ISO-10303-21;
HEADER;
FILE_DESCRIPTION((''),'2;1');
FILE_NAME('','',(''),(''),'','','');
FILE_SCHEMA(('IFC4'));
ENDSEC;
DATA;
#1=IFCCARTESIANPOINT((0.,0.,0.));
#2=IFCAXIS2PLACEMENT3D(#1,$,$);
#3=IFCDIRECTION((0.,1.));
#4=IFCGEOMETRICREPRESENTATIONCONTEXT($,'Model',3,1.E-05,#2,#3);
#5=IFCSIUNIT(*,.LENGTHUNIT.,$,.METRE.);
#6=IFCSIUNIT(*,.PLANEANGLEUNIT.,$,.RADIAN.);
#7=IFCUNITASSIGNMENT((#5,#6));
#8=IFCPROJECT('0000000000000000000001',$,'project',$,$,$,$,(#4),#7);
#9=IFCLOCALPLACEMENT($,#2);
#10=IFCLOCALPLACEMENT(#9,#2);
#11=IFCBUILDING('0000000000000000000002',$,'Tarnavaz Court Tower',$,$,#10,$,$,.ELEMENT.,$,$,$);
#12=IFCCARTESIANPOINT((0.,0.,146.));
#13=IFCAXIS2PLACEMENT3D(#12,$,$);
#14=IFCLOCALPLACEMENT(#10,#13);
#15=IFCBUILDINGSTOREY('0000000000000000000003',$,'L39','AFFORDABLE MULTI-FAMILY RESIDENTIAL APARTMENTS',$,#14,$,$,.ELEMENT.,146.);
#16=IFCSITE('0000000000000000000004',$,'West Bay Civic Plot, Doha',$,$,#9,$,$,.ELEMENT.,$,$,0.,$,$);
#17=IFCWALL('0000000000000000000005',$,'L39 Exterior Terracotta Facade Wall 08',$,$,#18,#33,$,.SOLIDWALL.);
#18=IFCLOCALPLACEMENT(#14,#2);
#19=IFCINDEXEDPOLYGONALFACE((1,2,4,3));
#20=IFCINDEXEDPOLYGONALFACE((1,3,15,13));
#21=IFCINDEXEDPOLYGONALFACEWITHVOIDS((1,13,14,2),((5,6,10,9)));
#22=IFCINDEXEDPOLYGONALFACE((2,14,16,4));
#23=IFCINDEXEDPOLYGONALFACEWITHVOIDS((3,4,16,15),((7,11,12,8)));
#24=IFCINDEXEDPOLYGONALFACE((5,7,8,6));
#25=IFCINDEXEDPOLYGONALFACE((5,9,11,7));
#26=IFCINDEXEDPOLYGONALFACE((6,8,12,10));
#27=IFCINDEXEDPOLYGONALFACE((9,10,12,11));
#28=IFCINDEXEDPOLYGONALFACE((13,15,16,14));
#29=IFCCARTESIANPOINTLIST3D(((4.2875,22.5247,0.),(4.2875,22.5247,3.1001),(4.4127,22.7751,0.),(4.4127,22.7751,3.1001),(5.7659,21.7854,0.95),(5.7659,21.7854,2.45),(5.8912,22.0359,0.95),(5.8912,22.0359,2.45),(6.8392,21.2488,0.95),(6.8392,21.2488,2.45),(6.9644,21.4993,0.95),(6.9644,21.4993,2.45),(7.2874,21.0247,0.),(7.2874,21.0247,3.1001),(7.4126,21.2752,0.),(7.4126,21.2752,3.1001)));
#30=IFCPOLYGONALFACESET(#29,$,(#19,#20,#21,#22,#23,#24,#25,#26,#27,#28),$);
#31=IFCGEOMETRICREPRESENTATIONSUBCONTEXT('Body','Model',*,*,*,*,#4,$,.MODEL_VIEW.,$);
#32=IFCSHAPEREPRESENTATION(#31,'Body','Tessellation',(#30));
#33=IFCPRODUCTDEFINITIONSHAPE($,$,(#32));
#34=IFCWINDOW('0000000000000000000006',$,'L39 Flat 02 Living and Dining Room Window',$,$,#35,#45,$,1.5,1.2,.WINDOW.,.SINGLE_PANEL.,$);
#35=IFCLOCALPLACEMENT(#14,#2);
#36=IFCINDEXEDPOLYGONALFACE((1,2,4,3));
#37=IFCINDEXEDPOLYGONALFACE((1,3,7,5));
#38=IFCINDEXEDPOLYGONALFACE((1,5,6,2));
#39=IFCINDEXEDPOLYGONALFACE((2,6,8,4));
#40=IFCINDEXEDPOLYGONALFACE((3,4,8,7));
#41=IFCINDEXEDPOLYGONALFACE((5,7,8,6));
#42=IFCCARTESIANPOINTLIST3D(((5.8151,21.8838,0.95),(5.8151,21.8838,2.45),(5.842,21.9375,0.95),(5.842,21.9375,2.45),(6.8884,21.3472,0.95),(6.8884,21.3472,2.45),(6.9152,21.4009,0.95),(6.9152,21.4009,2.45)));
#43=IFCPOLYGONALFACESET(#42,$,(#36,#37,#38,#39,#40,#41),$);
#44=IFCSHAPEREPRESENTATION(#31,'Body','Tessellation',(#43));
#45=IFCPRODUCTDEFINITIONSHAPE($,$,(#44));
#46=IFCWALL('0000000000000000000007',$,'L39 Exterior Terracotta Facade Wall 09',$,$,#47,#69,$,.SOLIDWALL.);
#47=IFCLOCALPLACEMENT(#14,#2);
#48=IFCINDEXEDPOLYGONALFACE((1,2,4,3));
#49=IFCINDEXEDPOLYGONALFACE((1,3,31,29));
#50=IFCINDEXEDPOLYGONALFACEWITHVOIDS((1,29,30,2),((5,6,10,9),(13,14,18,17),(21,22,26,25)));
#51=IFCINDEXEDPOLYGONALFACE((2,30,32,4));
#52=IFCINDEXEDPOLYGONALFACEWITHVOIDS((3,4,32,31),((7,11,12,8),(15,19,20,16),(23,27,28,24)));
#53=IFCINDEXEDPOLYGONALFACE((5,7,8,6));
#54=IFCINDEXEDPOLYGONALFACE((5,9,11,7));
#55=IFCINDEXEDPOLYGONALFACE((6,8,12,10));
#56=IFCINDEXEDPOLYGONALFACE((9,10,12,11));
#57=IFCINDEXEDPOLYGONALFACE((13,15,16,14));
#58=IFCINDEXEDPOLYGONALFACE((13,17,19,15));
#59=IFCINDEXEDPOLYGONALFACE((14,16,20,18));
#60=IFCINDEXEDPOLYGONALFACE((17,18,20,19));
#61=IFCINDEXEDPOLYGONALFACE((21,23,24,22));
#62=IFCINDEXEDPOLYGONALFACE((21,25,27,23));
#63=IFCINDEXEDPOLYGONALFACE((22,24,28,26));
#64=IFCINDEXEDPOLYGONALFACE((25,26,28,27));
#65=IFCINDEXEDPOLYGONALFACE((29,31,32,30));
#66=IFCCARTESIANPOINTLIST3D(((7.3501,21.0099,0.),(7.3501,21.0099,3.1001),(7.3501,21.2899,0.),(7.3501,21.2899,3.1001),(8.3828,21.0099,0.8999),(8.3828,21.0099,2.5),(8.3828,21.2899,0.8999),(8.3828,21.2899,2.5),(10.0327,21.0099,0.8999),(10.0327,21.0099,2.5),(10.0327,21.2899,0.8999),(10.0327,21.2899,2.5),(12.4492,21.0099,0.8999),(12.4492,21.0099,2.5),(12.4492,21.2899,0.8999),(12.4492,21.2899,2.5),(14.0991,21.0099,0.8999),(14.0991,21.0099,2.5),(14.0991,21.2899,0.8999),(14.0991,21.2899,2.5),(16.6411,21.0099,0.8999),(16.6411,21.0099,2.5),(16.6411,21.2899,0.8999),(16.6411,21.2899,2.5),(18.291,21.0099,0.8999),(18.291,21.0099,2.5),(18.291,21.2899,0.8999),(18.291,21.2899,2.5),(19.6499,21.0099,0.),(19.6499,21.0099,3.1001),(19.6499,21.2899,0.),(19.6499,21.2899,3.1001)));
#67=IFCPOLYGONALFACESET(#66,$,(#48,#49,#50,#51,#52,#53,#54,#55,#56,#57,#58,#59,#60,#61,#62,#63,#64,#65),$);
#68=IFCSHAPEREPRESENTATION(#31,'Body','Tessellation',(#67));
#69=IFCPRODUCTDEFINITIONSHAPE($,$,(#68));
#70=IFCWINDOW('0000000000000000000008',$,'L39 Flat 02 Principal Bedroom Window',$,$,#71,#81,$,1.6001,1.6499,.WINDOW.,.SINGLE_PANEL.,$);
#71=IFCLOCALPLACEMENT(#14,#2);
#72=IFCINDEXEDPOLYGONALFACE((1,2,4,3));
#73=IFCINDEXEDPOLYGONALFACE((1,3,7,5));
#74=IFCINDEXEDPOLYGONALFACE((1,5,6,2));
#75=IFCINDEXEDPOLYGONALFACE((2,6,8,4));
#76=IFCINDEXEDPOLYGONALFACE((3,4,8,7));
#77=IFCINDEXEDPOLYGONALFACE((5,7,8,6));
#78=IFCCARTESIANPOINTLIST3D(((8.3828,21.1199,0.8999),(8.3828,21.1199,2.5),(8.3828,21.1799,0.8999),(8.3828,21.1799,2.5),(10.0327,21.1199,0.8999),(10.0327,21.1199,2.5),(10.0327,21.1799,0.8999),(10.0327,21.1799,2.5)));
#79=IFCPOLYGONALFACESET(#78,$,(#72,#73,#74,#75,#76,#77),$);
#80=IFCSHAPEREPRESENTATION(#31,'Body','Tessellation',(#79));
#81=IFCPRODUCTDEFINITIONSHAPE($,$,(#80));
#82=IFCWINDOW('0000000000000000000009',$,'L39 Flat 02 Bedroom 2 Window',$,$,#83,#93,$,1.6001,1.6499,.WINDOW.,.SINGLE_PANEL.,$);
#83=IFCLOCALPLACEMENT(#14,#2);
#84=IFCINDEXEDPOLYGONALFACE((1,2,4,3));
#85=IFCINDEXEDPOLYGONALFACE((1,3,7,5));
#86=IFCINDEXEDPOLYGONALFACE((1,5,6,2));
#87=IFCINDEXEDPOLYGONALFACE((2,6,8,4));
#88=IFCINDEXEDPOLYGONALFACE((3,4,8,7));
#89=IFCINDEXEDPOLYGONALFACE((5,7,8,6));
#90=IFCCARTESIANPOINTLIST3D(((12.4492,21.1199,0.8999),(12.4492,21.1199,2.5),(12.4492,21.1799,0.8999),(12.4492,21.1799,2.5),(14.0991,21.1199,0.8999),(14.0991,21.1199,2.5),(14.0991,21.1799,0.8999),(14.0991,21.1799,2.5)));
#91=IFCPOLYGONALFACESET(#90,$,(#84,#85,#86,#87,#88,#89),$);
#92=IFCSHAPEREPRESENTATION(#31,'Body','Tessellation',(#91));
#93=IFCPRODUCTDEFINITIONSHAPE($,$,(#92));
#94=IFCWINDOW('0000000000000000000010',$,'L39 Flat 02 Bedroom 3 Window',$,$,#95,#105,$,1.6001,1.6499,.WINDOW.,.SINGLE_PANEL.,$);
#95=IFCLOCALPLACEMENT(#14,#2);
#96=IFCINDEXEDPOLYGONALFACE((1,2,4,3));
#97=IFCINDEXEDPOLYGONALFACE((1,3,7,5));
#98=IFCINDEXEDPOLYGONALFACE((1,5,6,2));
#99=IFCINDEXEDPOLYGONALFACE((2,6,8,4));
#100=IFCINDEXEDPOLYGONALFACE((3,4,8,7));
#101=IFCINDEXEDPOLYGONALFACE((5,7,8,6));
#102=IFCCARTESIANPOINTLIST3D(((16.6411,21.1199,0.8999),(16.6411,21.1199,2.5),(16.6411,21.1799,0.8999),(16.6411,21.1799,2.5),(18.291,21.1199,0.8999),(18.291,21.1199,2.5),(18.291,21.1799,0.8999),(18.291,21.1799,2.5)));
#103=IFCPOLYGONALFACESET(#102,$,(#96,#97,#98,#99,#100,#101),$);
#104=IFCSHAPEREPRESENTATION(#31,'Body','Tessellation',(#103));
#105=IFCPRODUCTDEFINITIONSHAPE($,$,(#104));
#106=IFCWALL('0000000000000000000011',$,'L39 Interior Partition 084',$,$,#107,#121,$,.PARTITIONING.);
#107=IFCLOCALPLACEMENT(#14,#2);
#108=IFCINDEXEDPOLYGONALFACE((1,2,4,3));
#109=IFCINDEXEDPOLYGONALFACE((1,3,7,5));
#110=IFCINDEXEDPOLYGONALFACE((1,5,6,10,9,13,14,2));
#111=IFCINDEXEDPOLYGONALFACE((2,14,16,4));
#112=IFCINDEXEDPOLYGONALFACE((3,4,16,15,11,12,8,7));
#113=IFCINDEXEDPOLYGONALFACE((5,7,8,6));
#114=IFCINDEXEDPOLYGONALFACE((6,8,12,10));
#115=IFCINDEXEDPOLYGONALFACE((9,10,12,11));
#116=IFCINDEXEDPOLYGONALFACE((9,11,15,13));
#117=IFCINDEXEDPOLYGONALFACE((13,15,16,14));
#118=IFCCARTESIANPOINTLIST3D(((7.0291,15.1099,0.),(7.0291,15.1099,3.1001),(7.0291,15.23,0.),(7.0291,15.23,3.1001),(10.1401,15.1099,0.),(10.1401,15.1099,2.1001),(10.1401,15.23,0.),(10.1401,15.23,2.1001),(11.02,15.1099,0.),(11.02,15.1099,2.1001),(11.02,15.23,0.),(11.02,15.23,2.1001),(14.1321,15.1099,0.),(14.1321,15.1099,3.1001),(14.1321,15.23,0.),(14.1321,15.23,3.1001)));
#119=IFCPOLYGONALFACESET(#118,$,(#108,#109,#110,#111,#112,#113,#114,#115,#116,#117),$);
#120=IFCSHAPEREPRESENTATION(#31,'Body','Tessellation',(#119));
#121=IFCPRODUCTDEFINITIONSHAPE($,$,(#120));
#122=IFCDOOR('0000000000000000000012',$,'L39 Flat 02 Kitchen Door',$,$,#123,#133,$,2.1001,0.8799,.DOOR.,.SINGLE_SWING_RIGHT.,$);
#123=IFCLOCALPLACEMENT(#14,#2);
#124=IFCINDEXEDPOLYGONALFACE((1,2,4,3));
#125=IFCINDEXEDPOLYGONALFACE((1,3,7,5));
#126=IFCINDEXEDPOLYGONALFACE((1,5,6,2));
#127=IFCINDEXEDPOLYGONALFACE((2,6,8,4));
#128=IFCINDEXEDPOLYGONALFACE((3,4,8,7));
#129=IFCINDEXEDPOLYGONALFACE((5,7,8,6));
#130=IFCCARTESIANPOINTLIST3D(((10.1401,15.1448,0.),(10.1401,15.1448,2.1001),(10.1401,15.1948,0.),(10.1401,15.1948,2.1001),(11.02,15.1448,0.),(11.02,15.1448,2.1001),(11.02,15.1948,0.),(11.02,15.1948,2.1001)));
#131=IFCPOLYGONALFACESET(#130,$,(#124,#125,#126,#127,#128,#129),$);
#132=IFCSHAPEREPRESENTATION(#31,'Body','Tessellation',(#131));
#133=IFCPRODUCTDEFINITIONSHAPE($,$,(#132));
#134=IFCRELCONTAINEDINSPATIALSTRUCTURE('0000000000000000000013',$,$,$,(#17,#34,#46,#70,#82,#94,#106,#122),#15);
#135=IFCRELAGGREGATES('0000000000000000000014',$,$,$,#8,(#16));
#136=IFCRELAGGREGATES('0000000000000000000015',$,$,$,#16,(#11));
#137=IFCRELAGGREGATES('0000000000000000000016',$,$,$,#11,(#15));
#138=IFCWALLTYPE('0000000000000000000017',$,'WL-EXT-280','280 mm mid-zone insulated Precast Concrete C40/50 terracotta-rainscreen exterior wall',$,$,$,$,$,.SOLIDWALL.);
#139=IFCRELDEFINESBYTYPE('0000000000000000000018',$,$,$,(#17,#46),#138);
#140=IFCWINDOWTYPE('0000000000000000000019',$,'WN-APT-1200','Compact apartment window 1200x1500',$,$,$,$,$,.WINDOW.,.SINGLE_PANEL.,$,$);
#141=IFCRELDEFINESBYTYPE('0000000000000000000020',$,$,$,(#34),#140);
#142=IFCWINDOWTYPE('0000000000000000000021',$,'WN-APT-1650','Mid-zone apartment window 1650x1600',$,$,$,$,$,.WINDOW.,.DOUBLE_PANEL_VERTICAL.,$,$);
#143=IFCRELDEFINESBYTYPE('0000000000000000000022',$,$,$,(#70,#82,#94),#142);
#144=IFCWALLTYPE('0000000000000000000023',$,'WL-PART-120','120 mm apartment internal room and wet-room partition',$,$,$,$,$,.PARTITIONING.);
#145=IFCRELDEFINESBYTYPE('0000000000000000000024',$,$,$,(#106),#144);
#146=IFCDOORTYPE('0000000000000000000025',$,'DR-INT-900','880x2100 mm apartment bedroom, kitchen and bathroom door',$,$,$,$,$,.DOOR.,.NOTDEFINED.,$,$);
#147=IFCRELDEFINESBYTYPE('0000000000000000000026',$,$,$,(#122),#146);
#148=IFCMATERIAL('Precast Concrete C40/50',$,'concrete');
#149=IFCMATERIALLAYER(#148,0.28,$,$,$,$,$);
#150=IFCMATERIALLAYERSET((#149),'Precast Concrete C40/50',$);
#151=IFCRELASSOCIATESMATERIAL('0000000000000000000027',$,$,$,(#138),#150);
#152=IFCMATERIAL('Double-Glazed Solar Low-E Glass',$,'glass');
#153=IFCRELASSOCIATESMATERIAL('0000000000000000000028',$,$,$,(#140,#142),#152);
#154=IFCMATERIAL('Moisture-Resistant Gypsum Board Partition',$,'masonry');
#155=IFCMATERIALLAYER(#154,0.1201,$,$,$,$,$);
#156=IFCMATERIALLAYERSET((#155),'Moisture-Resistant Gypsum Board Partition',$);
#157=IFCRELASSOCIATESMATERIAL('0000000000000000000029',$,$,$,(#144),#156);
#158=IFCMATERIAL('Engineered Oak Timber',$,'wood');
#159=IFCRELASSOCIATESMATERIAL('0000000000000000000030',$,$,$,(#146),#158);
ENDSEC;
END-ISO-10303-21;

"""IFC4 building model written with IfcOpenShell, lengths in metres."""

from ifc_helpers import new_model, si_unit, direction, frame, frame_2d, origin, place, context, subcontext, project, spatial, rectangle, extrude, material, layer, layer_set, type_object, element, fill, save


model = new_model("IFC4")

# Units and contexts
model_context = context("Model", 3, precision=1e-05, world=origin(), true_north=direction((0.0, 1.0)))
body_context = subcontext(model_context, "Body", "Model", "MODEL_VIEW")
ifc_project = project(units=[si_unit("LENGTHUNIT", "METRE"), si_unit("PLANEANGLEUNIT", "RADIAN")], contexts=[model_context])

# Site, building, storey
site_placement = place(None, origin())
site = spatial("IfcSite", under=ifc_project, at=site_placement, Name="West Bay Civic Plot, Doha", CompositionType="ELEMENT", RefElevation=0.0)
building_placement = place(site_placement, origin())
building = spatial("IfcBuilding", under=site, at=building_placement, Name="Tarnavaz Court Tower", CompositionType="ELEMENT")
storey_placement = place(building_placement, frame((0.0, 0.0, 146.0)))
storey = spatial("IfcBuildingStorey", under=building, at=storey_placement, Name="L39", Description="AFFORDABLE MULTI-FAMILY RESIDENTIAL APARTMENTS", CompositionType="ELEMENT", Elevation=146.0)

# Shared definitions
ifc_material_1 = material(Name="Double-Glazed Solar Low-E Glass", Category="glass")

# Wall, opening, window
ifc_material_2 = material(Name="Precast Concrete C40/50", Category="concrete")
ifc_layer_1 = layer(ifc_material_2, 0.28)
ifc_layer_set_1 = layer_set([ifc_layer_1], Name="Precast Concrete C40/50")
wall_type_1 = type_object("IfcWallType", Name="WL-EXT-280", Description="280 mm mid-zone insulated Precast Concrete C40/50 terracotta-rainscreen exterior wall", PredefinedType="SOLIDWALL", material=ifc_layer_set_1)
wall_1_placement = place(storey_placement, frame((4.3501, 22.6499, 0.0), z_axis=(0.0, 0.0, 1.0), x_axis=(0.894427, -0.447214, 0.0)))
wall_1 = element("IfcWall", 1, at=wall_1_placement, inside=storey, type_object=wall_type_1, Name="L39 Exterior Terracotta Facade Wall 08", PredefinedType="SOLIDWALL", context=body_context, shape_type="SweptSolid", body=[
    extrude(rectangle(XDim=3.354, YDim=0.28, at=frame_2d((1.677, 0.0))), origin(), (0.0, 0.0, 1.0), 3.1001),
])
opening_1_placement = place(wall_1_placement, frame((1.6528, 0.0, 0.95)))
opening_1 = element("IfcOpeningElement", 2, at=opening_1_placement, cuts=wall_1, PredefinedType="OPENING", context=body_context, shape_type="SweptSolid", body=[
    extrude(rectangle(XDim=1.2, YDim=1.5, at=frame_2d((0.6001, 0.75))), frame((0.0, 0.1499, 0.0), z_axis=(0.0, -1.0, 0.0), x_axis=(1.0, 0.0, 0.0)), (0.0, 0.0, 1.0), 0.3),
])
window_type_1 = type_object("IfcWindowType", Name="WN-APT-1200", Description="Compact apartment window 1200x1500", PartitioningType="SINGLE_PANEL", PredefinedType="WINDOW", material=ifc_material_1)
window_1_placement = place(opening_1_placement, origin())
window_1 = element("IfcWindow", 3, at=window_1_placement, inside=storey, type_object=window_type_1, Name="L39 Flat 02 Living and Dining Room Window", OverallHeight=1.5, OverallWidth=1.2, PartitioningType="SINGLE_PANEL", PredefinedType="WINDOW", context=body_context, shape_type="SweptSolid", body=[
    extrude(rectangle(XDim=1.2, YDim=1.5, at=frame_2d((0.6001, 0.75))), frame((0.0, 0.03, 0.0), z_axis=(0.0, -1.0, 0.0), x_axis=(1.0, 0.0, 0.0)), (0.0, 0.0, 1.0), 0.0601),
])
fill(opening_1, window_1)

# Wall, openings, windows
wall_2_placement = place(storey_placement, frame((7.3501, 21.1499, 0.0), z_axis=(0.0, 0.0, 1.0), x_axis=(1.0, 0.0, 0.0)))
wall_2 = element("IfcWall", 4, at=wall_2_placement, inside=storey, type_object=wall_type_1, Name="L39 Exterior Terracotta Facade Wall 09", PredefinedType="SOLIDWALL", context=body_context, shape_type="SweptSolid", body=[
    extrude(rectangle(XDim=12.2998, YDim=0.28, at=frame_2d((6.1499, 0.0))), origin(), (0.0, 0.0, 1.0), 3.1001),
])
opening_2_placement = place(wall_2_placement, frame((1.0327, 0.0, 0.8999)))
opening_2 = element("IfcOpeningElement", 5, at=opening_2_placement, cuts=wall_2, PredefinedType="OPENING", context=body_context, shape_type="SweptSolid", body=[
    extrude(rectangle(XDim=1.6499, YDim=1.6001, at=frame_2d((0.825, 0.8))), frame((0.0, 0.1499, 0.0), z_axis=(0.0, -1.0, 0.0), x_axis=(1.0, 0.0, 0.0)), (0.0, 0.0, 1.0), 0.3),
])
opening_3_placement = place(wall_2_placement, frame((5.0991, 0.0, 0.8999)))
opening_3 = element("IfcOpeningElement", 6, at=opening_3_placement, cuts=wall_2, PredefinedType="OPENING", context=body_context, shape_type="SweptSolid", body=[
    extrude(rectangle(XDim=1.6499, YDim=1.6001, at=frame_2d((0.825, 0.8))), frame((0.0, 0.1499, 0.0), z_axis=(0.0, -1.0, 0.0), x_axis=(1.0, 0.0, 0.0)), (0.0, 0.0, 1.0), 0.3),
])
opening_4_placement = place(wall_2_placement, frame((9.291, 0.0, 0.8999)))
opening_4 = element("IfcOpeningElement", 7, at=opening_4_placement, cuts=wall_2, PredefinedType="OPENING", context=body_context, shape_type="SweptSolid", body=[
    extrude(rectangle(XDim=1.6499, YDim=1.6001, at=frame_2d((0.825, 0.8))), frame((0.0, 0.1499, 0.0), z_axis=(0.0, -1.0, 0.0), x_axis=(1.0, 0.0, 0.0)), (0.0, 0.0, 1.0), 0.3),
])
window_type_2 = type_object("IfcWindowType", Name="WN-APT-1650", Description="Mid-zone apartment window 1650x1600", PartitioningType="DOUBLE_PANEL_VERTICAL", PredefinedType="WINDOW", material=ifc_material_1)
window_2_placement = place(opening_2_placement, origin())
window_2 = element("IfcWindow", 8, at=window_2_placement, inside=storey, type_object=window_type_2, Name="L39 Flat 02 Principal Bedroom Window", OverallHeight=1.6001, OverallWidth=1.6499, PartitioningType="SINGLE_PANEL", PredefinedType="WINDOW", context=body_context, shape_type="SweptSolid", body=[
    extrude(rectangle(XDim=1.6499, YDim=1.6001, at=frame_2d((0.825, 0.8))), frame((0.0, 0.03, 0.0), z_axis=(0.0, -1.0, 0.0), x_axis=(1.0, 0.0, 0.0)), (0.0, 0.0, 1.0), 0.0601),
])
fill(opening_2, window_2)
window_3_placement = place(opening_3_placement, origin())
window_3 = element("IfcWindow", 9, at=window_3_placement, inside=storey, type_object=window_type_2, Name="L39 Flat 02 Bedroom 2 Window", OverallHeight=1.6001, OverallWidth=1.6499, PartitioningType="SINGLE_PANEL", PredefinedType="WINDOW", context=body_context, shape_type="SweptSolid", body=[
    extrude(rectangle(XDim=1.6499, YDim=1.6001, at=frame_2d((0.825, 0.8))), frame((0.0, 0.03, 0.0), z_axis=(0.0, -1.0, 0.0), x_axis=(1.0, 0.0, 0.0)), (0.0, 0.0, 1.0), 0.0601),
])
fill(opening_3, window_3)
window_4_placement = place(opening_4_placement, origin())
window_4 = element("IfcWindow", 10, at=window_4_placement, inside=storey, type_object=window_type_2, Name="L39 Flat 02 Bedroom 3 Window", OverallHeight=1.6001, OverallWidth=1.6499, PartitioningType="SINGLE_PANEL", PredefinedType="WINDOW", context=body_context, shape_type="SweptSolid", body=[
    extrude(rectangle(XDim=1.6499, YDim=1.6001, at=frame_2d((0.825, 0.8))), frame((0.0, 0.03, 0.0), z_axis=(0.0, -1.0, 0.0), x_axis=(1.0, 0.0, 0.0)), (0.0, 0.0, 1.0), 0.0601),
])
fill(opening_4, window_4)

# Wall, opening, door
ifc_material_3 = material(Name="Moisture-Resistant Gypsum Board Partition", Category="masonry")
ifc_layer_2 = layer(ifc_material_3, 0.1201)
ifc_layer_set_2 = layer_set([ifc_layer_2], Name="Moisture-Resistant Gypsum Board Partition")
wall_type_2 = type_object("IfcWallType", Name="WL-PART-120", Description="120 mm apartment internal room and wet-room partition", PredefinedType="PARTITIONING", material=ifc_layer_set_2)
wall_3_placement = place(storey_placement, frame((7.0291, 15.1699, 0.0), z_axis=(0.0, 0.0, 1.0), x_axis=(1.0, 0.0, 0.0)))
wall_3 = element("IfcWall", 11, at=wall_3_placement, inside=storey, type_object=wall_type_2, Name="L39 Interior Partition 084", PredefinedType="PARTITIONING", context=body_context, shape_type="SweptSolid", body=[
    extrude(rectangle(XDim=7.103, YDim=0.1201, at=frame_2d((3.5515, 0.0))), origin(), (0.0, 0.0, 1.0), 3.1001),
])
opening_5_placement = place(wall_3_placement, frame((3.1111, 0.0, 0.0)))
opening_5 = element("IfcOpeningElement", 12, at=opening_5_placement, cuts=wall_3, PredefinedType="OPENING", context=body_context, shape_type="SweptSolid", body=[
    extrude(rectangle(XDim=0.8799, YDim=2.1001, at=frame_2d((0.4399, 1.05))), frame((0.0, 0.0701, 0.0), z_axis=(0.0, -1.0, 0.0), x_axis=(1.0, 0.0, 0.0)), (0.0, 0.0, 1.0), 0.1401),
])
ifc_material_4 = material(Name="Engineered Oak Timber", Category="wood")
door_type = type_object("IfcDoorType", Name="DR-INT-900", Description="880x2100 mm apartment bedroom, kitchen and bathroom door", OperationType="NOTDEFINED", PredefinedType="DOOR", material=ifc_material_4)
door_1_placement = place(opening_5_placement, origin())
door_1 = element("IfcDoor", 13, at=door_1_placement, inside=storey, type_object=door_type, Name="L39 Flat 02 Kitchen Door", OperationType="SINGLE_SWING_RIGHT", OverallHeight=2.1001, OverallWidth=0.8799, PredefinedType="DOOR", context=body_context, shape_type="SweptSolid", body=[
    extrude(rectangle(XDim=0.8799, YDim=2.1001, at=frame_2d((0.4399, 1.05))), frame((0.0, 0.0249, 0.0), z_axis=(0.0, -1.0, 0.0), x_axis=(1.0, 0.0, 0.0)), (0.0, 0.0, 1.0), 0.05),
])
fill(opening_5, door_1)

save(model, "model.ifc")
